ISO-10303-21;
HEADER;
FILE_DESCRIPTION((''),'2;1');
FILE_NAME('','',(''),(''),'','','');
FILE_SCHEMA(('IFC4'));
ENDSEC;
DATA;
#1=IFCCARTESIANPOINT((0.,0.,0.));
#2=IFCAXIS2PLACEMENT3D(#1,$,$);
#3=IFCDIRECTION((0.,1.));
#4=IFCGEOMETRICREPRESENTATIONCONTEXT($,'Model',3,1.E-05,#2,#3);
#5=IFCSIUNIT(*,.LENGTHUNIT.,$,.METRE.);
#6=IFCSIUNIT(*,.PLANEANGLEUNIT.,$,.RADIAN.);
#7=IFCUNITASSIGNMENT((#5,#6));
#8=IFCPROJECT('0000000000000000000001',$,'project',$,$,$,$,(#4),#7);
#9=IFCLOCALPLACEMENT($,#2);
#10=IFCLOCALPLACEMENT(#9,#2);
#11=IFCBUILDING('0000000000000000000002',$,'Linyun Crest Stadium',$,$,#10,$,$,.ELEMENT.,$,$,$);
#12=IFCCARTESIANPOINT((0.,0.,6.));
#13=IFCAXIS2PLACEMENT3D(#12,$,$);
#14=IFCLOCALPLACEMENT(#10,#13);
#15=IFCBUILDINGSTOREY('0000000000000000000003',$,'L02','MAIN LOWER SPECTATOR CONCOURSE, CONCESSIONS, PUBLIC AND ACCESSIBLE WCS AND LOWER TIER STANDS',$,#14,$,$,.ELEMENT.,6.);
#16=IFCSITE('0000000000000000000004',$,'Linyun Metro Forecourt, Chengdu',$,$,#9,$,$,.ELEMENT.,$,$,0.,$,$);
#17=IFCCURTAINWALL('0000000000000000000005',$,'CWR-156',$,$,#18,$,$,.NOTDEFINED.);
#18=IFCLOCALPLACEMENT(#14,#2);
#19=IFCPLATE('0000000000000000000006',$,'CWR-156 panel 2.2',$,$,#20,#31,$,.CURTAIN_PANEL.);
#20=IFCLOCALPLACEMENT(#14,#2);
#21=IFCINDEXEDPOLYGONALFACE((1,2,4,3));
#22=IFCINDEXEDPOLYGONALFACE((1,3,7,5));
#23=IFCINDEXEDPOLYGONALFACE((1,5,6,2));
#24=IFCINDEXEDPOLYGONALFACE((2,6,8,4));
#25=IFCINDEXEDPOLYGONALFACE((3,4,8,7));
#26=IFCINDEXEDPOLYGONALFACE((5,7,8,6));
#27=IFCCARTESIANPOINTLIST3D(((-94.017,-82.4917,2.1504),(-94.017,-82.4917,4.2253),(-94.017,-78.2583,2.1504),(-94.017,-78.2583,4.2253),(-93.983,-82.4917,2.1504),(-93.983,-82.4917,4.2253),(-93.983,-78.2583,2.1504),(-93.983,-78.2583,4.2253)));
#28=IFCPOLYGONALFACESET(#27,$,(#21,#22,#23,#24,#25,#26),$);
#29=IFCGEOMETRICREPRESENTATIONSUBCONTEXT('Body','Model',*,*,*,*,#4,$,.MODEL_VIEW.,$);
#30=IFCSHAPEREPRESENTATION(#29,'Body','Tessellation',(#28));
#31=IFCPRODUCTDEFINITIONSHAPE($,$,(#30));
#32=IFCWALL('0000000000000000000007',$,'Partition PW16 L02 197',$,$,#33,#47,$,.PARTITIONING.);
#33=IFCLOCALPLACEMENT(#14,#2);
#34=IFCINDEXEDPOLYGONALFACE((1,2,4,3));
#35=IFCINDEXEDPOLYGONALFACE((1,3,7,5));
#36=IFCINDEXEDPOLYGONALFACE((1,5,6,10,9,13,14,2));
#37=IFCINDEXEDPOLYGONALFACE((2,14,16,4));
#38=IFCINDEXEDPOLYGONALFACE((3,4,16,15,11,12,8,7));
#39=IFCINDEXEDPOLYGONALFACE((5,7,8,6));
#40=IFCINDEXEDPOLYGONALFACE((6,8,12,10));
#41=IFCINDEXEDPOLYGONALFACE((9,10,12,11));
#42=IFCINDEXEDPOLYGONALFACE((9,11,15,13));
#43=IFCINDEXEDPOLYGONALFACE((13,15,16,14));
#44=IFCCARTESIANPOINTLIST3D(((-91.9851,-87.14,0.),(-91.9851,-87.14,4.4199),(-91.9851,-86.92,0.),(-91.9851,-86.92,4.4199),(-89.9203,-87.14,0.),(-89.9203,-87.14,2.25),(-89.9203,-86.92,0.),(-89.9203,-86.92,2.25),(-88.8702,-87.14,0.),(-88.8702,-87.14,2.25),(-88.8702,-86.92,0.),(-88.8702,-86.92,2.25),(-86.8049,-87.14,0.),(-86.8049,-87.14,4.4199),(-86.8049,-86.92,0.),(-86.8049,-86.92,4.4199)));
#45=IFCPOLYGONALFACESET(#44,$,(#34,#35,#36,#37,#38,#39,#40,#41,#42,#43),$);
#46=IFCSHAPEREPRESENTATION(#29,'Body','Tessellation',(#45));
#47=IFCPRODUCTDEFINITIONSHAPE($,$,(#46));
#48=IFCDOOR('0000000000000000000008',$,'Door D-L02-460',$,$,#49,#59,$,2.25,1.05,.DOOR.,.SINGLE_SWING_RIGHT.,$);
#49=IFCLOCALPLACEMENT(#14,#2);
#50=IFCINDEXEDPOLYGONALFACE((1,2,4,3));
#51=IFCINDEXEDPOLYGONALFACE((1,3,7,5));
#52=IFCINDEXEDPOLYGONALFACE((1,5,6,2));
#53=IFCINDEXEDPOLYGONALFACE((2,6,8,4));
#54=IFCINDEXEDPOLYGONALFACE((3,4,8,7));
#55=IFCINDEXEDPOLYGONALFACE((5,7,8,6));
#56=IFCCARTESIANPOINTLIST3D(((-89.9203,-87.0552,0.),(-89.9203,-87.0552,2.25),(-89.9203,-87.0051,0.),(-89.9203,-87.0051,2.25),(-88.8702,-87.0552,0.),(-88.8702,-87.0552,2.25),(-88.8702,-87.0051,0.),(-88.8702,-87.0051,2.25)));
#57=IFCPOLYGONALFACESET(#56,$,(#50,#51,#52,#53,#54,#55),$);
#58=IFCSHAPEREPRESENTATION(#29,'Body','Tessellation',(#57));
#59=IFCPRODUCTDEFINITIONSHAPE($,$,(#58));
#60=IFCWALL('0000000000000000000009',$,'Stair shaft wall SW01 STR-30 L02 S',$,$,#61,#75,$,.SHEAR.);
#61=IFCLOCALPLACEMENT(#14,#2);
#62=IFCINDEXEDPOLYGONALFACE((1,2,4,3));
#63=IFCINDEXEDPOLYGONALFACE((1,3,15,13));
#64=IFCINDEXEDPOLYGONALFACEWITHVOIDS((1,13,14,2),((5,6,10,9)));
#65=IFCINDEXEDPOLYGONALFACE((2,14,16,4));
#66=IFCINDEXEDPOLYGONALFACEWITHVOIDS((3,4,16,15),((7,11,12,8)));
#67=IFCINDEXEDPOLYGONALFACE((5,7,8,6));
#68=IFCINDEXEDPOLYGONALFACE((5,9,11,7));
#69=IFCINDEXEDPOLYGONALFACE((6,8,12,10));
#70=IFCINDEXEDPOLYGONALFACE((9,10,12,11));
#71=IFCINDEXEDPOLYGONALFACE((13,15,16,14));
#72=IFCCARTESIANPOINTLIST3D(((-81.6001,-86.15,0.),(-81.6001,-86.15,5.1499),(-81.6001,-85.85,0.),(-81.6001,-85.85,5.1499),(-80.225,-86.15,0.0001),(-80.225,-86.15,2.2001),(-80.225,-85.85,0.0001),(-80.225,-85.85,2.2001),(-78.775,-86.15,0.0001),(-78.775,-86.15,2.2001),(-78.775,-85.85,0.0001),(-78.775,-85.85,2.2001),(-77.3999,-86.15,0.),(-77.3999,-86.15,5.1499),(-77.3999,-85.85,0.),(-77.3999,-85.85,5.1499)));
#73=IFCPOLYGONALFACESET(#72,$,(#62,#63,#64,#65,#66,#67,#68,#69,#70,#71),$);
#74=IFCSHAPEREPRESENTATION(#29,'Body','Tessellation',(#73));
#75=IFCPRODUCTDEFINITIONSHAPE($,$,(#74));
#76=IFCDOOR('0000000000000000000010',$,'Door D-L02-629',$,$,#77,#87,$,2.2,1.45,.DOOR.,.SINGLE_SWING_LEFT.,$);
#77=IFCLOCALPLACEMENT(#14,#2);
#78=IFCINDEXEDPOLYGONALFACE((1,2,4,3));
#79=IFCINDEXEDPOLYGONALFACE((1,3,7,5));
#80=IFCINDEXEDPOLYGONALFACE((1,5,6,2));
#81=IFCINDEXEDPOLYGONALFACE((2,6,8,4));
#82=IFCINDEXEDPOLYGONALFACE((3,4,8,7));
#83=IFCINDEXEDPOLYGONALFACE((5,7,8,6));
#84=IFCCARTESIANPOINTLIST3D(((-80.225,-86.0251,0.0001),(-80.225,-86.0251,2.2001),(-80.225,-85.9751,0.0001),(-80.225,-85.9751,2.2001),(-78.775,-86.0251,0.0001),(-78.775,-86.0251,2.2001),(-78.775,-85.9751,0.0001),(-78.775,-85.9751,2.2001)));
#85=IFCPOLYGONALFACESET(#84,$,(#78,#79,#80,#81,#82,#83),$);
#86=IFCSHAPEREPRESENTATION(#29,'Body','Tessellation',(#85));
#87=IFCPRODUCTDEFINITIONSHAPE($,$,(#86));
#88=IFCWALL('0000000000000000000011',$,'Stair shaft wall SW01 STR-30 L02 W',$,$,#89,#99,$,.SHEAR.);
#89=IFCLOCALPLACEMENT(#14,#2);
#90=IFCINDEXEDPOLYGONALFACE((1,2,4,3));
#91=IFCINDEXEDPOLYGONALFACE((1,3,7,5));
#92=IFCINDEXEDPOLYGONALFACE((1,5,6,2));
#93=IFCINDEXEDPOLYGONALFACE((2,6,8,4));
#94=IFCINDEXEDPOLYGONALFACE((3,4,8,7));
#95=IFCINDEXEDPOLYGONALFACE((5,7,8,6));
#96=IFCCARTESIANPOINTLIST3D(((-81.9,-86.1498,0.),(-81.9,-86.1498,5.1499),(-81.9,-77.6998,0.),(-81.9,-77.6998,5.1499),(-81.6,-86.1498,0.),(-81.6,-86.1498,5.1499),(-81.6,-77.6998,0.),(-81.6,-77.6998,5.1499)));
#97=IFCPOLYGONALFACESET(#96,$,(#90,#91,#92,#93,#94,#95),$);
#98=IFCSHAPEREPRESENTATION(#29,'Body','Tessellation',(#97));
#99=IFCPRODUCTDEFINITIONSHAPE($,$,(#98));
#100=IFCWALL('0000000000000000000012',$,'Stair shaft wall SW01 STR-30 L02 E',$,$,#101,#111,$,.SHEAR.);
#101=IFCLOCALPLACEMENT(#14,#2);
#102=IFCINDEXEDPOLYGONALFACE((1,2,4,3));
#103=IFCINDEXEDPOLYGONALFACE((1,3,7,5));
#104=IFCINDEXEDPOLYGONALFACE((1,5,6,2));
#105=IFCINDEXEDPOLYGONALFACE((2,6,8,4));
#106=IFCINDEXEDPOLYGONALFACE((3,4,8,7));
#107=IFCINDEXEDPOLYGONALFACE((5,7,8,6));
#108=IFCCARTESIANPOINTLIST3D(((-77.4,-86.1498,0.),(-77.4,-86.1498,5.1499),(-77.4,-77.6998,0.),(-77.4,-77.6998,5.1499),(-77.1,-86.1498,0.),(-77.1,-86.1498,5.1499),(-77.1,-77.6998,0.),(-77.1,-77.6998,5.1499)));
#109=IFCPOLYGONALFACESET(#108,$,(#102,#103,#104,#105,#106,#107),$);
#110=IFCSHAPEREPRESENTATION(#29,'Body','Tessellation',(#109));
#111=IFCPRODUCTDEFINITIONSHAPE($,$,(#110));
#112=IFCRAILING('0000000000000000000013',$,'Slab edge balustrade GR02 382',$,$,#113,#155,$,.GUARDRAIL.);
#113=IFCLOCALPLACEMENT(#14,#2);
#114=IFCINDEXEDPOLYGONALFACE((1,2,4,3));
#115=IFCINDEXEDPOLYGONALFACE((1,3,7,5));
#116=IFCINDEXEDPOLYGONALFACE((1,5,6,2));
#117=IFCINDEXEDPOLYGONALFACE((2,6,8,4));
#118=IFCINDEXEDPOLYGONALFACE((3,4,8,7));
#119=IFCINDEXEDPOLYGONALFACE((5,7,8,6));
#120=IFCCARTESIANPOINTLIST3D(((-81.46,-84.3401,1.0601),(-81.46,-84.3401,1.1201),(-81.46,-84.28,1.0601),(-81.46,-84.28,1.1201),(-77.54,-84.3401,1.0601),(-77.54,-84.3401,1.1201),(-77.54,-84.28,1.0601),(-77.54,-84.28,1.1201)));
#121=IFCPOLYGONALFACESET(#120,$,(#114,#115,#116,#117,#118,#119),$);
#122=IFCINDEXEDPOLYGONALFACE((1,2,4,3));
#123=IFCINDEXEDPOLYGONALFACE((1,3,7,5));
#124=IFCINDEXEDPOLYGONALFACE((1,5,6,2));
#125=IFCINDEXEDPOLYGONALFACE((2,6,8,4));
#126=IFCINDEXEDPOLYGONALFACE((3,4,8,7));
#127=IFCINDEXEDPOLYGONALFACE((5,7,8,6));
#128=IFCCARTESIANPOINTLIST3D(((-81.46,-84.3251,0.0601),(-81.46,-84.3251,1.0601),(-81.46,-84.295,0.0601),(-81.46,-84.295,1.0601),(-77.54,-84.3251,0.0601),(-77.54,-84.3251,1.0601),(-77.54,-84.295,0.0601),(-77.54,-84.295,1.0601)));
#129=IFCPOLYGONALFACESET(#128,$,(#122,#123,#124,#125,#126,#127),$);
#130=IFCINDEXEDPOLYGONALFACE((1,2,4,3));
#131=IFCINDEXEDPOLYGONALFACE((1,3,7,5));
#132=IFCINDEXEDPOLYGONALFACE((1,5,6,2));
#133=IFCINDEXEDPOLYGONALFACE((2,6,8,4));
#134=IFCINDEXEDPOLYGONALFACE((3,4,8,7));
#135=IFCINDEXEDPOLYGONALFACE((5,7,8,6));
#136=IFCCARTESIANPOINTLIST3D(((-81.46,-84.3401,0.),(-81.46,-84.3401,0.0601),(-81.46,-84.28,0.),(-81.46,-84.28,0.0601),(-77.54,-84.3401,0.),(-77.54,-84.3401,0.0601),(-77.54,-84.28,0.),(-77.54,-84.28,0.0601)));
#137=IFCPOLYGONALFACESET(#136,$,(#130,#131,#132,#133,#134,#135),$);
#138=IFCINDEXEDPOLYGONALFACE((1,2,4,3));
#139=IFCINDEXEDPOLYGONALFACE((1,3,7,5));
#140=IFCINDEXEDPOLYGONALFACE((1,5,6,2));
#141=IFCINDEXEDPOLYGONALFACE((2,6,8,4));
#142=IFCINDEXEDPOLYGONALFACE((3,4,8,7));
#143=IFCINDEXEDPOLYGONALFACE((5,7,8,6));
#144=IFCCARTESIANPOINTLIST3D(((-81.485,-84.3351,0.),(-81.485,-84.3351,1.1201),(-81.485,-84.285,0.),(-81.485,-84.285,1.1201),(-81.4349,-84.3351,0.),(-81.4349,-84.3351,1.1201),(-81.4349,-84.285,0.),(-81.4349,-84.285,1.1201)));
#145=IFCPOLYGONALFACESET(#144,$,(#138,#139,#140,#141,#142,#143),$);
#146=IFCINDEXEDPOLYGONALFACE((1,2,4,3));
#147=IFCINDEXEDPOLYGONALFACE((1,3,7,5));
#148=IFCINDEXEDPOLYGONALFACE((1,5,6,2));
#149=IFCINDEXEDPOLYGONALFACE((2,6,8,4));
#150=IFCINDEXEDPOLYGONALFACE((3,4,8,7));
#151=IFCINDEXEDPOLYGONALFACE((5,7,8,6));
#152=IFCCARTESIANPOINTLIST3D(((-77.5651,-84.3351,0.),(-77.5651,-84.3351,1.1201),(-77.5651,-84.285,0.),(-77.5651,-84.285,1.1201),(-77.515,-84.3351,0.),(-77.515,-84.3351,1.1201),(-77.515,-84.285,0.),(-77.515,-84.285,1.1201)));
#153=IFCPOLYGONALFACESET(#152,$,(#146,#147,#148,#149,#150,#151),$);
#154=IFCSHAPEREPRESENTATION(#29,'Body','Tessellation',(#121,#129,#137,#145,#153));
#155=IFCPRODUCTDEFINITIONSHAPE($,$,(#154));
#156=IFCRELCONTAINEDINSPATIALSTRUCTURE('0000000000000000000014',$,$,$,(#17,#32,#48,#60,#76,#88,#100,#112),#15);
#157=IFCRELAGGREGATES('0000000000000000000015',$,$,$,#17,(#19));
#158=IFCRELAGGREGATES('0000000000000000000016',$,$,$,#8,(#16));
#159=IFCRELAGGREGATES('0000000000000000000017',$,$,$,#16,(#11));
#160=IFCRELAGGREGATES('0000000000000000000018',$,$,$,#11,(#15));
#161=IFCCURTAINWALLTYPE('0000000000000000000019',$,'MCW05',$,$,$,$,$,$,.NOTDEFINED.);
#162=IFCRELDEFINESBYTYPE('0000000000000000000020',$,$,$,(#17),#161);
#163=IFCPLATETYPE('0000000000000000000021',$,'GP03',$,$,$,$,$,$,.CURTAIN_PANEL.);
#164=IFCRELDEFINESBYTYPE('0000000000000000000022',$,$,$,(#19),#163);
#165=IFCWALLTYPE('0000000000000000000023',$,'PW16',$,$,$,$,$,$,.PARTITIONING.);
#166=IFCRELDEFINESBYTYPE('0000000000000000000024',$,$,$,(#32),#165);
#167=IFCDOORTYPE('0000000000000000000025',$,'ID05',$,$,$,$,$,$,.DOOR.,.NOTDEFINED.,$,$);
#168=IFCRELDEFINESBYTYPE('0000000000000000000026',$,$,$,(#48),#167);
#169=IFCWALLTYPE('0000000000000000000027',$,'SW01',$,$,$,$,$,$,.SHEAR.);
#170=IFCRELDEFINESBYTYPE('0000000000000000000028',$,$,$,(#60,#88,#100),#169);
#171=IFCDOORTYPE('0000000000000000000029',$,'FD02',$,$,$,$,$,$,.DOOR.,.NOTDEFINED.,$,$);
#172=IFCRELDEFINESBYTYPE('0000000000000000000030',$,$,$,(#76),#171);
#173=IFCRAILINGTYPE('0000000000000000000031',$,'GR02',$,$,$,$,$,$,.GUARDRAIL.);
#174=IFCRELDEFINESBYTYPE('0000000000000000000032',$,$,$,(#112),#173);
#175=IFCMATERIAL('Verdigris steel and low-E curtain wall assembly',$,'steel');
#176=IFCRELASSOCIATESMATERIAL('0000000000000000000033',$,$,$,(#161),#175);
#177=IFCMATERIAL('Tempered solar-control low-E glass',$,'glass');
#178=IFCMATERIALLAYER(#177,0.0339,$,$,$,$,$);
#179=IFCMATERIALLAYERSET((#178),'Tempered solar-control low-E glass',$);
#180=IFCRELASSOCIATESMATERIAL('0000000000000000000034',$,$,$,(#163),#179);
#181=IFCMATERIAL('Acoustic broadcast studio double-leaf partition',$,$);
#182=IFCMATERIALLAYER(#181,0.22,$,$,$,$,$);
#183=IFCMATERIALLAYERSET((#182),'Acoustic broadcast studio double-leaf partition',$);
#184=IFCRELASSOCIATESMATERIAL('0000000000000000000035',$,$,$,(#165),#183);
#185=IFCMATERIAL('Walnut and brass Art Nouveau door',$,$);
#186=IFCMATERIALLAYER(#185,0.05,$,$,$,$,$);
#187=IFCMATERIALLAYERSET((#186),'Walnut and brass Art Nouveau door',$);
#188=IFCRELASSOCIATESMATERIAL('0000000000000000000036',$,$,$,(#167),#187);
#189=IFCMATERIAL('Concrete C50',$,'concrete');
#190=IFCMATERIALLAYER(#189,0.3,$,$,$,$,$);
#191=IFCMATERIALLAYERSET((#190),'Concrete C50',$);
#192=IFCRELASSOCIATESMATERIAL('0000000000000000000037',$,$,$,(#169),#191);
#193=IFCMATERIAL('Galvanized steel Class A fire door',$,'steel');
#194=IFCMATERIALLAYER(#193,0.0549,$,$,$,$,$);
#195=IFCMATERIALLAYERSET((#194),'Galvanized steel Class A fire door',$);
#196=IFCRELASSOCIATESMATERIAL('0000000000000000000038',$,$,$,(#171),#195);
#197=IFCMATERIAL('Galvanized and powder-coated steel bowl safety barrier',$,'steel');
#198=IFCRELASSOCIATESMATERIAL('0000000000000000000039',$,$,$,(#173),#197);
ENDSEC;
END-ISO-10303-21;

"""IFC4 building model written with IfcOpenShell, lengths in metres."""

from ifc_helpers import new_model, si_unit, direction, frame, frame_2d, origin, origin_2d, place, context, subcontext, project, spatial, rectangle, extrude, material, layer, layer_set, type_object, element, fill, aggregate, save


model = new_model("IFC4")

# Units and contexts
model_context = context("Model", 3, precision=1e-05, world=origin(), true_north=direction((0.0, 1.0)))
body_context = subcontext(model_context, "Body", "Model", "MODEL_VIEW")
ifc_project = project(units=[si_unit("LENGTHUNIT", "METRE"), si_unit("PLANEANGLEUNIT", "RADIAN")], contexts=[model_context])

# Site, building, storey
site_placement = place(None, origin())
site = spatial("IfcSite", under=ifc_project, at=site_placement, Name="Linyun Metro Forecourt, Chengdu", CompositionType="ELEMENT", RefElevation=0.0)
building_placement = place(site_placement, origin())
building = spatial("IfcBuilding", under=site, at=building_placement, Name="Linyun Crest Stadium", CompositionType="ELEMENT")
storey_placement = place(building_placement, frame((0.0, 0.0, 6.0)))
storey = spatial("IfcBuildingStorey", under=building, at=storey_placement, Name="L02", Description="MAIN LOWER SPECTATOR CONCOURSE, CONCESSIONS, PUBLIC AND ACCESSIBLE WCS AND LOWER TIER STANDS", CompositionType="ELEMENT", Elevation=6.0)

# Shared definitions
ifc_material_1 = material(Name="Verdigris steel and low-E curtain wall assembly", Category="steel")
curtain_wall_type = type_object("IfcCurtainWallType", Name="MCW05", PredefinedType="NOTDEFINED", material=ifc_material_1)

# Curtain wall
curtain_wall_1_placement = place(storey_placement, origin())
curtain_wall_1 = element("IfcCurtainWall", 1, at=curtain_wall_1_placement, inside=storey, type_object=curtain_wall_type, Name="CWR-156", PredefinedType="NOTDEFINED")

# Plate
ifc_material_2 = material(Name="Tempered solar-control low-E glass", Category="glass")
ifc_layer_1 = layer(ifc_material_2, 0.0339)
ifc_layer_set_1 = layer_set([ifc_layer_1], Name="Tempered solar-control low-E glass")
plate_type = type_object("IfcPlateType", Name="GP03", PredefinedType="CURTAIN_PANEL", material=ifc_layer_set_1)
plate_1_placement = place(storey_placement, frame((-94.0, -80.375, 2.1504), z_axis=(0.0, 0.0, 1.0), x_axis=(0.0, 1.0, 0.0)))
plate_1 = element("IfcPlate", 2, at=plate_1_placement, type_object=plate_type, Name="CWR-156 panel 2.2", PredefinedType="CURTAIN_PANEL", context=body_context, shape_type="SweptSolid", body=[
    extrude(rectangle(XDim=4.2334, YDim=0.0339, at=origin_2d()), origin(), (0.0, 0.0, 1.0), 2.075),
])
aggregate(curtain_wall_1, [plate_1])

# Walls, openings, doors
ifc_material_3 = material(Name="Acoustic broadcast studio double-leaf partition")
ifc_layer_2 = layer(ifc_material_3, 0.22)
ifc_layer_set_2 = layer_set([ifc_layer_2], Name="Acoustic broadcast studio double-leaf partition")
wall_type_1 = type_object("IfcWallType", Name="PW16", PredefinedType="PARTITIONING", material=ifc_layer_set_2)
wall_1_placement = place(storey_placement, frame((-91.9851, -87.03, 0.0), z_axis=(0.0, 0.0, 1.0), x_axis=(1.0, 0.0, 0.0)))
wall_1 = element("IfcWall", 3, at=wall_1_placement, inside=storey, type_object=wall_type_1, Name="Partition PW16 L02 197", PredefinedType="PARTITIONING", context=body_context, shape_type="SweptSolid", body=[
    extrude(rectangle(XDim=5.1802, YDim=0.22, at=frame_2d((2.5901, 0.0))), origin(), (0.0, 0.0, 1.0), 4.4199),
])
opening_1_placement = place(wall_1_placement, frame((2.0649, 0.0, 0.0)))
opening_1 = element("IfcOpeningElement", 4, at=opening_1_placement, cuts=wall_1, PredefinedType="OPENING", context=body_context, shape_type="SweptSolid", body=[
    extrude(rectangle(XDim=1.05, YDim=2.25, at=frame_2d((0.5249, 1.125))), frame((0.0, 0.1199, 0.0), z_axis=(0.0, -1.0, 0.0), x_axis=(1.0, 0.0, 0.0)), (0.0, 0.0, 1.0), 0.24),
])
ifc_material_4 = material(Name="Walnut and brass Art Nouveau door")
ifc_layer_3 = layer(ifc_material_4, 0.05)
ifc_layer_set_3 = layer_set([ifc_layer_3], Name="Walnut and brass Art Nouveau door")
door_type_1 = type_object("IfcDoorType", Name="ID05", OperationType="NOTDEFINED", PredefinedType="DOOR", material=ifc_layer_set_3)
door_1_placement = place(opening_1_placement, origin())
door_1 = element("IfcDoor", 5, at=door_1_placement, inside=storey, type_object=door_type_1, Name="Door D-L02-460", OperationType="SINGLE_SWING_RIGHT", OverallHeight=2.25, OverallWidth=1.05, PredefinedType="DOOR", context=body_context, shape_type="SweptSolid", body=[
    extrude(rectangle(XDim=1.05, YDim=2.25, at=frame_2d((0.5249, 1.125))), frame((0.0, 0.0249, 0.0), z_axis=(0.0, -1.0, 0.0), x_axis=(1.0, 0.0, 0.0)), (0.0, 0.0, 1.0), 0.05),
])
fill(opening_1, door_1)
ifc_material_5 = material(Name="Concrete C50", Category="concrete")
ifc_layer_4 = layer(ifc_material_5, 0.3)
ifc_layer_set_4 = layer_set([ifc_layer_4], Name="Concrete C50")
wall_type_2 = type_object("IfcWallType", Name="SW01", PredefinedType="SHEAR", material=ifc_layer_set_4)
wall_2_placement = place(storey_placement, frame((-81.6001, -86.0, 0.0), z_axis=(0.0, 0.0, 1.0), x_axis=(1.0, 0.0, 0.0)))
wall_2 = element("IfcWall", 6, at=wall_2_placement, inside=storey, type_object=wall_type_2, Name="Stair shaft wall SW01 STR-30 L02 S", PredefinedType="SHEAR", context=body_context, shape_type="SweptSolid", body=[
    extrude(rectangle(XDim=4.2002, YDim=0.3, at=frame_2d((2.1001, 0.0))), origin(), (0.0, 0.0, 1.0), 5.1499),
])
opening_2_placement = place(wall_2_placement, frame((1.375, 0.0, 0.0)))
opening_2 = element("IfcOpeningElement", 7, at=opening_2_placement, cuts=wall_2, PredefinedType="OPENING", context=body_context, shape_type="SweptSolid", body=[
    extrude(rectangle(XDim=1.45, YDim=2.2, at=frame_2d((0.7251, 1.1001))), frame((0.0, 0.1599, 0.0), z_axis=(0.0, -1.0, 0.0), x_axis=(1.0, 0.0, 0.0)), (0.0, 0.0, 1.0), 0.3201),
])
ifc_material_6 = material(Name="Galvanized steel Class A fire door", Category="steel")
ifc_layer_5 = layer(ifc_material_6, 0.0549)
ifc_layer_set_5 = layer_set([ifc_layer_5], Name="Galvanized steel Class A fire door")
door_type_2 = type_object("IfcDoorType", Name="FD02", OperationType="NOTDEFINED", PredefinedType="DOOR", material=ifc_layer_set_5)
door_2_placement = place(opening_2_placement, origin())
door_2 = element("IfcDoor", 8, at=door_2_placement, inside=storey, type_object=door_type_2, Name="Door D-L02-629", OperationType="SINGLE_SWING_LEFT", OverallHeight=2.2, OverallWidth=1.45, PredefinedType="DOOR", context=body_context, shape_type="SweptSolid", body=[
    extrude(rectangle(XDim=1.45, YDim=2.2, at=frame_2d((0.7251, 1.1001))), frame((0.0, 0.0249, 0.0), z_axis=(0.0, -1.0, 0.0), x_axis=(1.0, 0.0, 0.0)), (0.0, 0.0, 1.0), 0.05),
])
fill(opening_2, door_2)

# Walls
for number, where, z_axis, x_axis, name in (
    (9, (-81.75, -86.1499, 0.0), (0.0, 0.0, 1.0), (0.0, 1.0, 0.0), "Stair shaft wall SW01 STR-30 L02 W"),
    (10, (-77.25, -86.1499, 0.0), (0.0, 0.0, 1.0), (0.0, 1.0, 0.0), "Stair shaft wall SW01 STR-30 L02 E"),
):
    element("IfcWall", number, at=place(storey_placement, frame(where, z_axis=z_axis, x_axis=x_axis)), inside=storey, type_object=wall_type_2, Name=name, PredefinedType="SHEAR", context=body_context, shape_type="SweptSolid", body=[
        extrude(rectangle(XDim=8.45, YDim=0.3, at=frame_2d((4.2251, 0.0))), origin(), (0.0, 0.0, 1.0), 5.1499),
    ])

# Railing
ifc_material_7 = material(Name="Galvanized and powder-coated steel bowl safety barrier", Category="steel")
railing_type_1 = type_object("IfcRailingType", Name="GR02", PredefinedType="GUARDRAIL", material=ifc_material_7)
railing_1_placement = place(storey_placement, frame((-81.46, -84.3101, 0.0)))
element("IfcRailing", 11, at=railing_1_placement, inside=storey, type_object=railing_type_1, Name="Slab edge balustrade GR02 382", PredefinedType="GUARDRAIL", context=body_context, shape_type="SweptSolid", body=[
    extrude(rectangle(XDim=0.0601, YDim=0.0601, at=origin_2d()), frame((0.0, 0.0, 1.0901), z_axis=(1.0, 0.0, 0.0), x_axis=(0.0, 1.0, 0.0)), (0.0, 0.0, 1.0), 3.9199),
    extrude(rectangle(XDim=0.03, YDim=1.0, at=origin_2d()), frame((0.0, 0.0, 0.5601), z_axis=(1.0, 0.0, 0.0), x_axis=(0.0, 1.0, 0.0)), (0.0, 0.0, 1.0), 3.9199),
    extrude(rectangle(XDim=0.0601, YDim=0.0601, at=origin_2d()), frame((0.0, 0.0, 0.03), z_axis=(1.0, 0.0, 0.0), x_axis=(0.0, 1.0, 0.0)), (0.0, 0.0, 1.0), 3.9199),
    extrude(rectangle(XDim=0.05, YDim=0.05, at=origin_2d()), origin(), (0.0, 0.0, 1.0), 1.1201),
    extrude(rectangle(XDim=0.05, YDim=0.05, at=origin_2d()), frame((3.9199, 0.0, 0.0)), (0.0, 0.0, 1.0), 1.1201),
])

save(model, "model.ifc")
